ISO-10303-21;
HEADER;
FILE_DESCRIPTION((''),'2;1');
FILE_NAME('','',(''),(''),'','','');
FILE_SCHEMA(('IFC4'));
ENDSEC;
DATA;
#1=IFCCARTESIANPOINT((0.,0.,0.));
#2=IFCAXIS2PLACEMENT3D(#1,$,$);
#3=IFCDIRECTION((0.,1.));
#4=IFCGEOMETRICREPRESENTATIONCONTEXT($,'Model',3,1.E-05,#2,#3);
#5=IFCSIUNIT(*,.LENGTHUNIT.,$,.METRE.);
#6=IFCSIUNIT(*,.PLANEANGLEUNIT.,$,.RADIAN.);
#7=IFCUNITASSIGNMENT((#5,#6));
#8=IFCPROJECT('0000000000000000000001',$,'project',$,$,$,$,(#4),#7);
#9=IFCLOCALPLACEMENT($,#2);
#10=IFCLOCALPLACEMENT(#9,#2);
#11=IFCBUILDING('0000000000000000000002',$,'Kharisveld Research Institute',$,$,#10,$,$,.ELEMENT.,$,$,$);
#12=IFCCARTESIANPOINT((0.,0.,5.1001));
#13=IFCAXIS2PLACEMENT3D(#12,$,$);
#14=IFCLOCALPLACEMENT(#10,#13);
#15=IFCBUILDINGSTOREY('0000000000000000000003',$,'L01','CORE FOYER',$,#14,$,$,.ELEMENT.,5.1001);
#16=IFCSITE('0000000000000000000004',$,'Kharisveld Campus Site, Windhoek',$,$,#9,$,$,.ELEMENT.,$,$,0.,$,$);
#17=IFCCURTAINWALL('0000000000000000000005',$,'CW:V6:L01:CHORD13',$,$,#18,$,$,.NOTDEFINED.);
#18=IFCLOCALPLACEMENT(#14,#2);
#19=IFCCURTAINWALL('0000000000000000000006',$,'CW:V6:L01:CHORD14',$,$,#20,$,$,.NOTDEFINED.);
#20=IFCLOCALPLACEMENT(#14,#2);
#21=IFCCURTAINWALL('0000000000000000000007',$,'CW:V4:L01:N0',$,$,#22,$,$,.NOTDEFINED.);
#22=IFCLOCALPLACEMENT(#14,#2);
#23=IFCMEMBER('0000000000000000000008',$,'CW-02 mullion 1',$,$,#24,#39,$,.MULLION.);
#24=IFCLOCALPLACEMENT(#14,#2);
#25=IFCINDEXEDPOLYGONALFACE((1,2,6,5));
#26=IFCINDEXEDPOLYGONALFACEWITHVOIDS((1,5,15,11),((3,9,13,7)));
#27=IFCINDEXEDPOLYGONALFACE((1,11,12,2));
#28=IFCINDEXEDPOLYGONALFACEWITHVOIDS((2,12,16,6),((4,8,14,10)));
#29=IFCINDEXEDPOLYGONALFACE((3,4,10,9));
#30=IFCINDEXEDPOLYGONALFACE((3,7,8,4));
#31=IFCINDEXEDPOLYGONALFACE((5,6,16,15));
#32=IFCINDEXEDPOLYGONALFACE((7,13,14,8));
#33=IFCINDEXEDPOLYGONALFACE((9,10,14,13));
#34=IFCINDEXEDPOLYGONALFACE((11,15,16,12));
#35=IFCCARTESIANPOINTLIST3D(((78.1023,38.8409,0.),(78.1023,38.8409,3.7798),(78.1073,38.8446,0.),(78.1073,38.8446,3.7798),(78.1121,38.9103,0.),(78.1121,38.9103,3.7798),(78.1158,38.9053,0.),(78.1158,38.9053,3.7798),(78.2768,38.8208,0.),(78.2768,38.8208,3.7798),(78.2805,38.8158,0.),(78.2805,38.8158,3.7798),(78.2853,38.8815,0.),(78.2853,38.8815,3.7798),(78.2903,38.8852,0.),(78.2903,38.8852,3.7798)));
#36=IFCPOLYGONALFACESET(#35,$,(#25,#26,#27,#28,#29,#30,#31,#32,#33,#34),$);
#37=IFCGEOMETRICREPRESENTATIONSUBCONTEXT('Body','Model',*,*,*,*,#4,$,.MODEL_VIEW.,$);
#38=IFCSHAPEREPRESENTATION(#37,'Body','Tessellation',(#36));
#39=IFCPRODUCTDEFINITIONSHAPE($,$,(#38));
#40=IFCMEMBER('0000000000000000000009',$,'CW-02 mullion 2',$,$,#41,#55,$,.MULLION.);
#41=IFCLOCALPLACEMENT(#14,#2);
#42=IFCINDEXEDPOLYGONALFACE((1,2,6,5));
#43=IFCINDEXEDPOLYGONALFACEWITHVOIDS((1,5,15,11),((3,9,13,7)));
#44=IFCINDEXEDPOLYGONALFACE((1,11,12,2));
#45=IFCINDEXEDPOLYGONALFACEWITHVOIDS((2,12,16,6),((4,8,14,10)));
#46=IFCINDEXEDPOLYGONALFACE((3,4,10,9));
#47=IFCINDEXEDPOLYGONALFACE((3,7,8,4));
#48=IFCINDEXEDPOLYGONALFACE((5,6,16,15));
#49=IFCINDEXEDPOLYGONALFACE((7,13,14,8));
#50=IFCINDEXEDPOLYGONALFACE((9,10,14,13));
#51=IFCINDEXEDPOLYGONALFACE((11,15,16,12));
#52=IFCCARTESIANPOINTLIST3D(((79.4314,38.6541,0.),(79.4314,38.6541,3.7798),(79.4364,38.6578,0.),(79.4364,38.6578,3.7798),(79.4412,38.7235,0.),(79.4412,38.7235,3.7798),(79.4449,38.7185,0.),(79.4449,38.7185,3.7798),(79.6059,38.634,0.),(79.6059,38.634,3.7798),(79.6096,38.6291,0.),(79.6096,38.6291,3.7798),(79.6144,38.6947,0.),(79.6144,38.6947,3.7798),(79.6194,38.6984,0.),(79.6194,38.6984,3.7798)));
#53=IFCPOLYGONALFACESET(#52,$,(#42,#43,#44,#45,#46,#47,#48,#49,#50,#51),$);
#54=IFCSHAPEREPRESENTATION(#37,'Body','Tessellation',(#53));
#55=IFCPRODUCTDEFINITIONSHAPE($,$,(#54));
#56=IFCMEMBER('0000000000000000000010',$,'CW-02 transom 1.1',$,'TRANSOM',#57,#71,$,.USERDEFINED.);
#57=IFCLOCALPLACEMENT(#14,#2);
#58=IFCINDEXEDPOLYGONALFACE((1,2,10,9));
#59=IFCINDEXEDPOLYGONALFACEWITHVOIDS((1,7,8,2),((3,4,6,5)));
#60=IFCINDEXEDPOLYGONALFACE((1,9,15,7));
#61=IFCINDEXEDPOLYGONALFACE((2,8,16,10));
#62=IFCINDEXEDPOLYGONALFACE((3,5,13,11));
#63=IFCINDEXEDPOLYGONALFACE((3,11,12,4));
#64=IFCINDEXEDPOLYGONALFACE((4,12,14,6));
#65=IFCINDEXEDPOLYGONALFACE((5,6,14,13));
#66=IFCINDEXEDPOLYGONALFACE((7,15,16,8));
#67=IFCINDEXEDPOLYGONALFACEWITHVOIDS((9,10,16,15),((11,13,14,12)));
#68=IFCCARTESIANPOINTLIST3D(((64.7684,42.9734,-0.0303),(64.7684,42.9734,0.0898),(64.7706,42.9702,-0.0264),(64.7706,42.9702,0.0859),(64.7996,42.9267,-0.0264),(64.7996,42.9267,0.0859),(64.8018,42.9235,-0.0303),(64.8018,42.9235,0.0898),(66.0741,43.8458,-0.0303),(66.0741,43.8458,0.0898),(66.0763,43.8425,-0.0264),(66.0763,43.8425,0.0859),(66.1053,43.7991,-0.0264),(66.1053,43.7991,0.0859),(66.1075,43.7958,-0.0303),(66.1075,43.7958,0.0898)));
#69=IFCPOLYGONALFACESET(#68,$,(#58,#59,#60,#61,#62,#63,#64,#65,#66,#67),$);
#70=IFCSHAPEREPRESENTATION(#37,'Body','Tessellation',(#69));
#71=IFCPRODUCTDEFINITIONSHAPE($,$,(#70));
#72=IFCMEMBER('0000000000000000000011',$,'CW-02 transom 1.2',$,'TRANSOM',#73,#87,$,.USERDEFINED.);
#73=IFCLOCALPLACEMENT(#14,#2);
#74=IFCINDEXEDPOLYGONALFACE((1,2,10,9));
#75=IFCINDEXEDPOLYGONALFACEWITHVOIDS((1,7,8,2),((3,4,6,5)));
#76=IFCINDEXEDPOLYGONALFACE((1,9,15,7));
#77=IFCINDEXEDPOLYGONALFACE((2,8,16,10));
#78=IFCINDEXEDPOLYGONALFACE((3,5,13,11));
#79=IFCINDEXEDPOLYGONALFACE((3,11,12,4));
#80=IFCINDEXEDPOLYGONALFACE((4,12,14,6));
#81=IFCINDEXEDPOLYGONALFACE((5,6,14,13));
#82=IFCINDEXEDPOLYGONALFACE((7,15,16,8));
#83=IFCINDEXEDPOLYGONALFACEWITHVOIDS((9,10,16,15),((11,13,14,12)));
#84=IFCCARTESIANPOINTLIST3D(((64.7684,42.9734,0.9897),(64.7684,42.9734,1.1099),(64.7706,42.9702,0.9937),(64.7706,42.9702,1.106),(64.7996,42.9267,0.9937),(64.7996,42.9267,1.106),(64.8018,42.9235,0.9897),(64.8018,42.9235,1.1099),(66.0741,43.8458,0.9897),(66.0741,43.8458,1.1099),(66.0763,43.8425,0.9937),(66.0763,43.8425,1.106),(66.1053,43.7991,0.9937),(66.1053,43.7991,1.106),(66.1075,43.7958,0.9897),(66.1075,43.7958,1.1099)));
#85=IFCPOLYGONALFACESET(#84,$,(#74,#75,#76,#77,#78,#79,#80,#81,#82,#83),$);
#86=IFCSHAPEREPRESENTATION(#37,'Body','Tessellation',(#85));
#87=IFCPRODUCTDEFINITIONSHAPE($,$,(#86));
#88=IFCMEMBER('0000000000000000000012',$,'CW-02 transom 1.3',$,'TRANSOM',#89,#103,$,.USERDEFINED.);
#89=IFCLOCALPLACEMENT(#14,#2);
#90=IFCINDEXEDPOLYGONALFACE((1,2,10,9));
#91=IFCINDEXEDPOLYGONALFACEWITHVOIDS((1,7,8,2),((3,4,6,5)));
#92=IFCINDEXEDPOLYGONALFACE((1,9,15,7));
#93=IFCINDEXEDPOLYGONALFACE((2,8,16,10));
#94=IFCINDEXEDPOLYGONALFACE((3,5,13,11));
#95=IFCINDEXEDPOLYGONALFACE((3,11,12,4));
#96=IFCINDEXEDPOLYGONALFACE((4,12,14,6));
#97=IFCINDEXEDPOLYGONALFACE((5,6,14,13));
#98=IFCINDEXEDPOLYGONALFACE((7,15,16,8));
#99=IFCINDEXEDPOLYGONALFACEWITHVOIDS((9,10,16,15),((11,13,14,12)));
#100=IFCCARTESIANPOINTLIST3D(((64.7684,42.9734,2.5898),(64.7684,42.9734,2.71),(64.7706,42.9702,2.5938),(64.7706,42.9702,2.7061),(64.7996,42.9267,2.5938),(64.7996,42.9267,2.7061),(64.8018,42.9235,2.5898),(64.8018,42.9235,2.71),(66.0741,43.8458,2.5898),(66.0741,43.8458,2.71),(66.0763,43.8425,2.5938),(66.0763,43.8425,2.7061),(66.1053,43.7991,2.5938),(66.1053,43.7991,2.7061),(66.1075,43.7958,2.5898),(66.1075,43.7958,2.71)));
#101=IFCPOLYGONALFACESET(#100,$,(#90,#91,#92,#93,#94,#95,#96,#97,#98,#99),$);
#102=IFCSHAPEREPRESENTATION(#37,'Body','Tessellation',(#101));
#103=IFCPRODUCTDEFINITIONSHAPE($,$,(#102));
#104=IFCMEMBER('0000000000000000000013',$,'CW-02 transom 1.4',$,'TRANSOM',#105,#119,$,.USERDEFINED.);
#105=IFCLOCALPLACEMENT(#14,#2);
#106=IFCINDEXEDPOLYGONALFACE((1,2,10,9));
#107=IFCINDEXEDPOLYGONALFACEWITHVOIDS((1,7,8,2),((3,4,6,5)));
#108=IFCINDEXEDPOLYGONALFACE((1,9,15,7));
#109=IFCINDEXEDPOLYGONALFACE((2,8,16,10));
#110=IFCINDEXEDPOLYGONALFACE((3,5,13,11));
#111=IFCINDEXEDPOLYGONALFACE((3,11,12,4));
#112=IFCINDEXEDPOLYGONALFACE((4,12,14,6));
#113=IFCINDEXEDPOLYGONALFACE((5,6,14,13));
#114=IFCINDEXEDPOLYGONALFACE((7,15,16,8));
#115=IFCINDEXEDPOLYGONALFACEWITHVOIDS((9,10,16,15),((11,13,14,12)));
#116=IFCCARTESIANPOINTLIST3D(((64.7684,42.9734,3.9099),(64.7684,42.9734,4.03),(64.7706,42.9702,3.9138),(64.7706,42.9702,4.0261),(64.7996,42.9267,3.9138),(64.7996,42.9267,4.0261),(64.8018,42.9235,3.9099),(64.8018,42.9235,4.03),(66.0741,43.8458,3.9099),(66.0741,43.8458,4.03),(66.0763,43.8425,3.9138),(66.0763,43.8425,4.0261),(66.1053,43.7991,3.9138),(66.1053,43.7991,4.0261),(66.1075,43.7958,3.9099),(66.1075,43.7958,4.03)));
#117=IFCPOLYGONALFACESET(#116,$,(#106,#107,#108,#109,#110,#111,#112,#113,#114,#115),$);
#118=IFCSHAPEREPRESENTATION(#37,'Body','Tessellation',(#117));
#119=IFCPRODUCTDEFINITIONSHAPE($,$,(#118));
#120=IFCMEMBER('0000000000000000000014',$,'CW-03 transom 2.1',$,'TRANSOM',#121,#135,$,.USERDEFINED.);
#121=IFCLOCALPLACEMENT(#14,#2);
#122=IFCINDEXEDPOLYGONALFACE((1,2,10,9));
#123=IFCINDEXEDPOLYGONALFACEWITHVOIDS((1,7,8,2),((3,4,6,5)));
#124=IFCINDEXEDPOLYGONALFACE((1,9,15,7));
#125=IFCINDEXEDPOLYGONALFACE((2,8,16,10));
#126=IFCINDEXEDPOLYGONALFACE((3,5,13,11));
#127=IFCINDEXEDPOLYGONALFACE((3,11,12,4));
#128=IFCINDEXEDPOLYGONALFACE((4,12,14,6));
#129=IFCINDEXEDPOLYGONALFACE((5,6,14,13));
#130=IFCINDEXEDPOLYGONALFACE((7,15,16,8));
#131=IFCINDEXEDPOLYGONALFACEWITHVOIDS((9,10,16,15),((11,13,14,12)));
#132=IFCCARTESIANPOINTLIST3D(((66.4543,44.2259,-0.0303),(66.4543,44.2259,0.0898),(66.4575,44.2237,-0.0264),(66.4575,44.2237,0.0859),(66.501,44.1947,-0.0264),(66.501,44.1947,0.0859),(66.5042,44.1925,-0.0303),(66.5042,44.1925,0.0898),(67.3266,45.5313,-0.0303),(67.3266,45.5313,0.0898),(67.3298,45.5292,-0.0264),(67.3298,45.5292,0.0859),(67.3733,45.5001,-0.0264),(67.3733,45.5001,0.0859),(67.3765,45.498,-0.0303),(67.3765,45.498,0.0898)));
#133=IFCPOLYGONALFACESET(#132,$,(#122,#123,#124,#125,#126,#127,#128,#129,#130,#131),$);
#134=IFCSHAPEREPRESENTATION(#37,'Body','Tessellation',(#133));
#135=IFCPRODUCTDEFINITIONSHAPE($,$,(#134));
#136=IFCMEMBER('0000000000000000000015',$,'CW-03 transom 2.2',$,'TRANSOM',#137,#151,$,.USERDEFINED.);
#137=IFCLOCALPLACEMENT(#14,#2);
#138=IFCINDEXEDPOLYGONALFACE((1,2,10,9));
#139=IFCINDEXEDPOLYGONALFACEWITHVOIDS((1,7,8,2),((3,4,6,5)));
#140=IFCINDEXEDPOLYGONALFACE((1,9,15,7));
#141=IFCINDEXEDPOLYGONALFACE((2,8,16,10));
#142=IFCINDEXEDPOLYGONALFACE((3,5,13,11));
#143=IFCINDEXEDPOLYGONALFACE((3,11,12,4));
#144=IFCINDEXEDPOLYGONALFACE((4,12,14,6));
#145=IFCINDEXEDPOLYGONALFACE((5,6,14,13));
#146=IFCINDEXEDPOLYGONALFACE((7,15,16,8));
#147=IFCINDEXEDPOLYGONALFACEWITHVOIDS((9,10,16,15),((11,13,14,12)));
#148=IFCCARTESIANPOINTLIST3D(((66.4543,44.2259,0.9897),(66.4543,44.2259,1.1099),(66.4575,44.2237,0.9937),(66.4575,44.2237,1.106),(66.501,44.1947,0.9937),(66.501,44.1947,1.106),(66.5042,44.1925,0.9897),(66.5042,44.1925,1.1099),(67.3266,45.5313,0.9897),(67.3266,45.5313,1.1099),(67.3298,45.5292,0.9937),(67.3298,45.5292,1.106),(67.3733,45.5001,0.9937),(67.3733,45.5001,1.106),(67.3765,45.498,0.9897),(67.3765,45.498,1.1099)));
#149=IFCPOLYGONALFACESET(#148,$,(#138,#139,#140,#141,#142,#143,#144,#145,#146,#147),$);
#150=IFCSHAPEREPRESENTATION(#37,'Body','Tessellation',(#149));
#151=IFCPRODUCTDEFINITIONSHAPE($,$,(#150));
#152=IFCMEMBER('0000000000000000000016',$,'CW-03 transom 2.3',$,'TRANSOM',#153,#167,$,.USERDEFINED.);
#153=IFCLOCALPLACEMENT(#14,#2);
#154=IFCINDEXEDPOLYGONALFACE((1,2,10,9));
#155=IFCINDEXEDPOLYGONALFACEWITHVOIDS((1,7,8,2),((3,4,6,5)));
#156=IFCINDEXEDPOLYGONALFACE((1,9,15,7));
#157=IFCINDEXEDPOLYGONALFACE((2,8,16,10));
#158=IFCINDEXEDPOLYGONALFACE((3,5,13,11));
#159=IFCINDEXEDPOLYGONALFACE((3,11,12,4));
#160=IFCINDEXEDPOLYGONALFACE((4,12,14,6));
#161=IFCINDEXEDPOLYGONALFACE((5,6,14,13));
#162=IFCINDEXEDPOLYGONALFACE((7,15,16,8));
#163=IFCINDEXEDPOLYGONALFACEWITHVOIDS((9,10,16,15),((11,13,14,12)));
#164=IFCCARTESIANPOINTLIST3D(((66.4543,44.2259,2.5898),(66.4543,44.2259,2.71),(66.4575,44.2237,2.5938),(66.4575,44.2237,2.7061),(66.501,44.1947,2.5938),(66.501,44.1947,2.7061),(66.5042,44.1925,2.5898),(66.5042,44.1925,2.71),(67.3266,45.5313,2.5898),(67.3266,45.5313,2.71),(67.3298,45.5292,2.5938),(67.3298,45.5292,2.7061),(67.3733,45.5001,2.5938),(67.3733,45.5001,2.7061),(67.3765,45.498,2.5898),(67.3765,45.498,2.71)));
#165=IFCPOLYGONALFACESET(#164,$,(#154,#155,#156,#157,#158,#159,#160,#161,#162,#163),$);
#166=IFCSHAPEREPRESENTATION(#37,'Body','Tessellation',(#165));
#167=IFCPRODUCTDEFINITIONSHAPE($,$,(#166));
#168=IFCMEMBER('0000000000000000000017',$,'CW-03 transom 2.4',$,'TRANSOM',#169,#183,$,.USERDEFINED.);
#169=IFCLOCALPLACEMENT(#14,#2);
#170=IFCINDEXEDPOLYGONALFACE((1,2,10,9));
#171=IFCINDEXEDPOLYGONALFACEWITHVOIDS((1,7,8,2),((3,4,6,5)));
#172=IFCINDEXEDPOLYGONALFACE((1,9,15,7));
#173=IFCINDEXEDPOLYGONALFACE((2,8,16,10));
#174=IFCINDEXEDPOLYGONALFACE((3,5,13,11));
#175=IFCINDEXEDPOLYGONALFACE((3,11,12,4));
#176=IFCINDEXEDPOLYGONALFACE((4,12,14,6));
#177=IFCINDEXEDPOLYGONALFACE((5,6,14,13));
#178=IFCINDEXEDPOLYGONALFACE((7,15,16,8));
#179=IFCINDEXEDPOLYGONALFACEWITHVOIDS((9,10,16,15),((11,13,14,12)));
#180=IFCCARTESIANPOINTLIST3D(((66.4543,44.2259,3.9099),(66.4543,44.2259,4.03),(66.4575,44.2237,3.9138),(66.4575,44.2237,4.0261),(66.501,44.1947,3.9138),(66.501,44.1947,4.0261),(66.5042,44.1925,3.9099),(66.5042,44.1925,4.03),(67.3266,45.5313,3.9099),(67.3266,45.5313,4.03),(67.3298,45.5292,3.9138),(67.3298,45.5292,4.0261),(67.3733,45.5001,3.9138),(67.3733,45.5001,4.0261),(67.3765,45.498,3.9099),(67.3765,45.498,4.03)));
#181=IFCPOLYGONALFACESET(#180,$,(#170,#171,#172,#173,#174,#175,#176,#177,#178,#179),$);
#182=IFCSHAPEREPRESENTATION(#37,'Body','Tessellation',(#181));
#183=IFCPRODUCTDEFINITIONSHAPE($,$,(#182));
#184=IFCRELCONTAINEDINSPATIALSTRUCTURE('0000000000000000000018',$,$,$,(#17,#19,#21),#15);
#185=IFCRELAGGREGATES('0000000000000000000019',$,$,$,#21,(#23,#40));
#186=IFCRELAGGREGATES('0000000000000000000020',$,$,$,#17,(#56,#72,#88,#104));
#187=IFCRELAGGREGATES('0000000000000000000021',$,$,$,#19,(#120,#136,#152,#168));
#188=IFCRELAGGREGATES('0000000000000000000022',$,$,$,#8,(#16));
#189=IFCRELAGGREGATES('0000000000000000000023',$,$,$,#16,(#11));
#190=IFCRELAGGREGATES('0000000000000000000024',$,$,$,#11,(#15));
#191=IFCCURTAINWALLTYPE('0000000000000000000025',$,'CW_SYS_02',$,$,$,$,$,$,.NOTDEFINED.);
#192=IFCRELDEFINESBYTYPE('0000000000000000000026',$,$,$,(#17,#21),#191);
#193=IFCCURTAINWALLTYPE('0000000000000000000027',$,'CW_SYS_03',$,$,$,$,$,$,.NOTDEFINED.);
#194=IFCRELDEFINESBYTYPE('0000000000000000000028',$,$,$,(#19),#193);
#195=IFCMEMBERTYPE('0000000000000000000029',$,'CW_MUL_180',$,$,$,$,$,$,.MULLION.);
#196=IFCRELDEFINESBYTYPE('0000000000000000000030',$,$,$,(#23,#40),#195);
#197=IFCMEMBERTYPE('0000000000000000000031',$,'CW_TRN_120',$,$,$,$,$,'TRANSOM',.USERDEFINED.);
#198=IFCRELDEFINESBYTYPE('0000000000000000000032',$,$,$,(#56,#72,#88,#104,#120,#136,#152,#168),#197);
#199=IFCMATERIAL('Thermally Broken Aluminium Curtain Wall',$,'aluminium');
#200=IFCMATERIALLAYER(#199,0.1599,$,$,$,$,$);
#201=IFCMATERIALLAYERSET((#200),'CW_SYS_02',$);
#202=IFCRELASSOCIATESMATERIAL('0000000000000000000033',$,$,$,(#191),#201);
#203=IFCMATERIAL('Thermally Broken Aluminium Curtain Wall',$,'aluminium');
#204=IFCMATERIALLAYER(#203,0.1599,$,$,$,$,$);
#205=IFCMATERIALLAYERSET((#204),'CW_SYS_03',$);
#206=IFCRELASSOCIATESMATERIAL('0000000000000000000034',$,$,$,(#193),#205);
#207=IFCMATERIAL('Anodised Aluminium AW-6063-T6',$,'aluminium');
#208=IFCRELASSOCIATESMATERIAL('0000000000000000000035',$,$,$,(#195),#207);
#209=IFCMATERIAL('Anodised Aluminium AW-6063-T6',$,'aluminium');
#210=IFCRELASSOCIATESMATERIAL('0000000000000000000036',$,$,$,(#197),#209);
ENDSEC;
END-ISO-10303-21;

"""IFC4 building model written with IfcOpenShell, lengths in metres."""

from ifc_helpers import new_model, si_unit, direction, frame, origin, origin_2d, place, context, subcontext, project, spatial, hollow_rectangle, extrude, material, layer, layer_set, material_profile, profile_set, type_object, element, aggregate, save


model = new_model("IFC4")

# Units and contexts
model_context = context("Model", 3, precision=1e-05, world=origin(), true_north=direction((0.0, 1.0)))
body_context = subcontext(model_context, "Body", "Model", "MODEL_VIEW")
ifc_project = project(units=[si_unit("LENGTHUNIT", "METRE"), si_unit("PLANEANGLEUNIT", "RADIAN")], contexts=[model_context])

# Site, building, storey
site_placement = place(None, origin())
site = spatial("IfcSite", under=ifc_project, at=site_placement, Name="Kharisveld Campus Site, Windhoek", CompositionType="ELEMENT", RefElevation=0.0)
building_placement = place(site_placement, origin())
building = spatial("IfcBuilding", under=site, at=building_placement, Name="Kharisveld Research Institute", CompositionType="ELEMENT")
storey_placement = place(building_placement, frame((0.0, 0.0, 5.1001)))
storey = spatial("IfcBuildingStorey", under=building, at=storey_placement, Name="L01", Description="CORE FOYER", CompositionType="ELEMENT", Elevation=5.1001)

# Curtain wall
ifc_material_1 = material(Name="Thermally Broken Aluminium Curtain Wall", Category="aluminium")
ifc_layer_1 = layer(ifc_material_1, 0.1599)
ifc_layer_set_1 = layer_set([ifc_layer_1], Name="CW_SYS_02")
curtain_wall_type_1 = type_object("IfcCurtainWallType", Name="CW_SYS_02", PredefinedType="NOTDEFINED", material=ifc_layer_set_1)
curtain_wall_1_placement = place(storey_placement, origin())
curtain_wall_1 = element("IfcCurtainWall", 1, at=curtain_wall_1_placement, inside=storey, type_object=curtain_wall_type_1, Name="CW:V6:L01:CHORD13", PredefinedType="NOTDEFINED")

# Curtain walls, members
ifc_material_2 = material(Name="Thermally Broken Aluminium Curtain Wall", Category="aluminium")
ifc_layer_2 = layer(ifc_material_2, 0.1599)
ifc_layer_set_2 = layer_set([ifc_layer_2], Name="CW_SYS_03")
curtain_wall_type_2 = type_object("IfcCurtainWallType", Name="CW_SYS_03", PredefinedType="NOTDEFINED", material=ifc_layer_set_2)
curtain_wall_2_placement = place(storey_placement, origin())
curtain_wall_2 = element("IfcCurtainWall", 2, at=curtain_wall_2_placement, inside=storey, type_object=curtain_wall_type_2, Name="CW:V6:L01:CHORD14", PredefinedType="NOTDEFINED")
curtain_wall_3_placement = place(storey_placement, origin())
curtain_wall_3 = element("IfcCurtainWall", 3, at=curtain_wall_3_placement, inside=storey, type_object=curtain_wall_type_1, Name="CW:V4:L01:N0", PredefinedType="NOTDEFINED")
ifc_material_3 = material(Name="Anodised Aluminium AW-6063-T6", Category="aluminium")
ifc_material_profile_1 = material_profile(ifc_material_3, hollow_rectangle(XDim=0.0701, YDim=0.1799, WallThickness=0.0044, at=origin_2d()))
ifc_profile_set_1 = profile_set([ifc_material_profile_1], Name="Anodised Aluminium AW-6063-T6")
member_type_1 = type_object("IfcMemberType", Name="CW_MUL_180", PredefinedType="MULLION", material=ifc_profile_set_1)
member_1_placement = place(storey_placement, frame((78.1963, 38.863, 0.0), z_axis=(0.0, 0.0, 1.0), x_axis=(0.139173, 0.990268, 0.0)))
member_1 = element("IfcMember", 4, at=member_1_placement, type_object=member_type_1, Name="CW-02 mullion 1", PredefinedType="MULLION", context=body_context, shape_type="SweptSolid", body=[
    extrude(hollow_rectangle(XDim=0.0701, YDim=0.1799, WallThickness=0.0044, at=origin_2d()), origin(), (0.0, 0.0, 1.0), 3.7798),
])
member_2_placement = place(storey_placement, frame((79.5254, 38.6763, 0.0), z_axis=(0.0, 0.0, 1.0), x_axis=(0.139173, 0.990268, 0.0)))
member_2 = element("IfcMember", 5, at=member_2_placement, type_object=member_type_1, Name="CW-02 mullion 2", PredefinedType="MULLION", context=body_context, shape_type="SweptSolid", body=[
    extrude(hollow_rectangle(XDim=0.0701, YDim=0.1799, WallThickness=0.0044, at=origin_2d()), origin(), (0.0, 0.0, 1.0), 3.7798),
])

# Members
ifc_material_4 = material(Name="Anodised Aluminium AW-6063-T6", Category="aluminium")
ifc_material_profile_2 = material_profile(ifc_material_4, hollow_rectangle(XDim=0.0601, YDim=0.1201, WallThickness=0.0039, at=origin_2d()))
ifc_profile_set_2 = profile_set([ifc_material_profile_2], Name="Anodised Aluminium AW-6063-T6")
member_type_2 = type_object("IfcMemberType", Name="CW_TRN_120", ElementType="TRANSOM", PredefinedType="USERDEFINED", material=ifc_profile_set_2)
member_3_placement = place(storey_placement, frame((66.0908, 43.8208, 0.0298), z_axis=(-0.8315, -0.555525, 0.0), x_axis=(0.555525, -0.8315, 0.0)))
member_3 = element("IfcMember", 6, at=member_3_placement, type_object=member_type_2, Name="CW-02 transom 1.1", ObjectType="TRANSOM", PredefinedType="USERDEFINED", context=body_context, shape_type="SweptSolid", body=[
    extrude(hollow_rectangle(XDim=0.0601, YDim=0.1201, WallThickness=0.0039, at=origin_2d()), origin(), (0.0, 0.0, 1.0), 1.5703),
])
member_4_placement = place(storey_placement, frame((66.0908, 43.8208, 1.0498), z_axis=(-0.8315, -0.555525, 0.0), x_axis=(0.555525, -0.8315, 0.0)))
member_4 = element("IfcMember", 7, at=member_4_placement, type_object=member_type_2, Name="CW-02 transom 1.2", ObjectType="TRANSOM", PredefinedType="USERDEFINED", context=body_context, shape_type="SweptSolid", body=[
    extrude(hollow_rectangle(XDim=0.0601, YDim=0.1201, WallThickness=0.0039, at=origin_2d()), origin(), (0.0, 0.0, 1.0), 1.5703),
])
member_5_placement = place(storey_placement, frame((66.0908, 43.8208, 2.6499), z_axis=(-0.8315, -0.555525, 0.0), x_axis=(0.555525, -0.8315, 0.0)))
member_5 = element("IfcMember", 8, at=member_5_placement, type_object=member_type_2, Name="CW-02 transom 1.3", ObjectType="TRANSOM", PredefinedType="USERDEFINED", context=body_context, shape_type="SweptSolid", body=[
    extrude(hollow_rectangle(XDim=0.0601, YDim=0.1201, WallThickness=0.0039, at=origin_2d()), origin(), (0.0, 0.0, 1.0), 1.5703),
])
member_6_placement = place(storey_placement, frame((66.0908, 43.8208, 3.97), z_axis=(-0.8315, -0.555525, 0.0), x_axis=(0.555525, -0.8315, 0.0)))
member_6 = element("IfcMember", 9, at=member_6_placement, type_object=member_type_2, Name="CW-02 transom 1.4", ObjectType="TRANSOM", PredefinedType="USERDEFINED", context=body_context, shape_type="SweptSolid", body=[
    extrude(hollow_rectangle(XDim=0.0601, YDim=0.1201, WallThickness=0.0039, at=origin_2d()), origin(), (0.0, 0.0, 1.0), 1.5703),
])
member_7_placement = place(storey_placement, frame((67.3516, 45.5146, 0.0298), z_axis=(-0.555597, -0.831452, 0.0), x_axis=(0.831452, -0.555597, 0.0)))
member_7 = element("IfcMember", 10, at=member_7_placement, type_object=member_type_2, Name="CW-03 transom 2.1", ObjectType="TRANSOM", PredefinedType="USERDEFINED", context=body_context, shape_type="SweptSolid", body=[
    extrude(hollow_rectangle(XDim=0.0601, YDim=0.1201, WallThickness=0.0039, at=origin_2d()), origin(), (0.0, 0.0, 1.0), 1.5701),
])
member_8_placement = place(storey_placement, frame((67.3516, 45.5146, 1.0498), z_axis=(-0.555597, -0.831452, 0.0), x_axis=(0.831452, -0.555597, 0.0)))
member_8 = element("IfcMember", 11, at=member_8_placement, type_object=member_type_2, Name="CW-03 transom 2.2", ObjectType="TRANSOM", PredefinedType="USERDEFINED", context=body_context, shape_type="SweptSolid", body=[
    extrude(hollow_rectangle(XDim=0.0601, YDim=0.1201, WallThickness=0.0039, at=origin_2d()), origin(), (0.0, 0.0, 1.0), 1.5701),
])
member_9_placement = place(storey_placement, frame((67.3516, 45.5146, 2.6499), z_axis=(-0.555597, -0.831452, 0.0), x_axis=(0.831452, -0.555597, 0.0)))
member_9 = element("IfcMember", 12, at=member_9_placement, type_object=member_type_2, Name="CW-03 transom 2.3", ObjectType="TRANSOM", PredefinedType="USERDEFINED", context=body_context, shape_type="SweptSolid", body=[
    extrude(hollow_rectangle(XDim=0.0601, YDim=0.1201, WallThickness=0.0039, at=origin_2d()), origin(), (0.0, 0.0, 1.0), 1.5701),
])
member_10_placement = place(storey_placement, frame((67.3516, 45.5146, 3.97), z_axis=(-0.555597, -0.831452, 0.0), x_axis=(0.831452, -0.555597, 0.0)))
member_10 = element("IfcMember", 13, at=member_10_placement, type_object=member_type_2, Name="CW-03 transom 2.4", ObjectType="TRANSOM", PredefinedType="USERDEFINED", context=body_context, shape_type="SweptSolid", body=[
    extrude(hollow_rectangle(XDim=0.0601, YDim=0.1201, WallThickness=0.0039, at=origin_2d()), origin(), (0.0, 0.0, 1.0), 1.5701),
])

aggregate(curtain_wall_3, [member_1, member_2])
aggregate(curtain_wall_1, [member_3, member_4, member_5, member_6])
aggregate(curtain_wall_2, [member_7, member_8, member_9, member_10])

save(model, "model.ifc")
